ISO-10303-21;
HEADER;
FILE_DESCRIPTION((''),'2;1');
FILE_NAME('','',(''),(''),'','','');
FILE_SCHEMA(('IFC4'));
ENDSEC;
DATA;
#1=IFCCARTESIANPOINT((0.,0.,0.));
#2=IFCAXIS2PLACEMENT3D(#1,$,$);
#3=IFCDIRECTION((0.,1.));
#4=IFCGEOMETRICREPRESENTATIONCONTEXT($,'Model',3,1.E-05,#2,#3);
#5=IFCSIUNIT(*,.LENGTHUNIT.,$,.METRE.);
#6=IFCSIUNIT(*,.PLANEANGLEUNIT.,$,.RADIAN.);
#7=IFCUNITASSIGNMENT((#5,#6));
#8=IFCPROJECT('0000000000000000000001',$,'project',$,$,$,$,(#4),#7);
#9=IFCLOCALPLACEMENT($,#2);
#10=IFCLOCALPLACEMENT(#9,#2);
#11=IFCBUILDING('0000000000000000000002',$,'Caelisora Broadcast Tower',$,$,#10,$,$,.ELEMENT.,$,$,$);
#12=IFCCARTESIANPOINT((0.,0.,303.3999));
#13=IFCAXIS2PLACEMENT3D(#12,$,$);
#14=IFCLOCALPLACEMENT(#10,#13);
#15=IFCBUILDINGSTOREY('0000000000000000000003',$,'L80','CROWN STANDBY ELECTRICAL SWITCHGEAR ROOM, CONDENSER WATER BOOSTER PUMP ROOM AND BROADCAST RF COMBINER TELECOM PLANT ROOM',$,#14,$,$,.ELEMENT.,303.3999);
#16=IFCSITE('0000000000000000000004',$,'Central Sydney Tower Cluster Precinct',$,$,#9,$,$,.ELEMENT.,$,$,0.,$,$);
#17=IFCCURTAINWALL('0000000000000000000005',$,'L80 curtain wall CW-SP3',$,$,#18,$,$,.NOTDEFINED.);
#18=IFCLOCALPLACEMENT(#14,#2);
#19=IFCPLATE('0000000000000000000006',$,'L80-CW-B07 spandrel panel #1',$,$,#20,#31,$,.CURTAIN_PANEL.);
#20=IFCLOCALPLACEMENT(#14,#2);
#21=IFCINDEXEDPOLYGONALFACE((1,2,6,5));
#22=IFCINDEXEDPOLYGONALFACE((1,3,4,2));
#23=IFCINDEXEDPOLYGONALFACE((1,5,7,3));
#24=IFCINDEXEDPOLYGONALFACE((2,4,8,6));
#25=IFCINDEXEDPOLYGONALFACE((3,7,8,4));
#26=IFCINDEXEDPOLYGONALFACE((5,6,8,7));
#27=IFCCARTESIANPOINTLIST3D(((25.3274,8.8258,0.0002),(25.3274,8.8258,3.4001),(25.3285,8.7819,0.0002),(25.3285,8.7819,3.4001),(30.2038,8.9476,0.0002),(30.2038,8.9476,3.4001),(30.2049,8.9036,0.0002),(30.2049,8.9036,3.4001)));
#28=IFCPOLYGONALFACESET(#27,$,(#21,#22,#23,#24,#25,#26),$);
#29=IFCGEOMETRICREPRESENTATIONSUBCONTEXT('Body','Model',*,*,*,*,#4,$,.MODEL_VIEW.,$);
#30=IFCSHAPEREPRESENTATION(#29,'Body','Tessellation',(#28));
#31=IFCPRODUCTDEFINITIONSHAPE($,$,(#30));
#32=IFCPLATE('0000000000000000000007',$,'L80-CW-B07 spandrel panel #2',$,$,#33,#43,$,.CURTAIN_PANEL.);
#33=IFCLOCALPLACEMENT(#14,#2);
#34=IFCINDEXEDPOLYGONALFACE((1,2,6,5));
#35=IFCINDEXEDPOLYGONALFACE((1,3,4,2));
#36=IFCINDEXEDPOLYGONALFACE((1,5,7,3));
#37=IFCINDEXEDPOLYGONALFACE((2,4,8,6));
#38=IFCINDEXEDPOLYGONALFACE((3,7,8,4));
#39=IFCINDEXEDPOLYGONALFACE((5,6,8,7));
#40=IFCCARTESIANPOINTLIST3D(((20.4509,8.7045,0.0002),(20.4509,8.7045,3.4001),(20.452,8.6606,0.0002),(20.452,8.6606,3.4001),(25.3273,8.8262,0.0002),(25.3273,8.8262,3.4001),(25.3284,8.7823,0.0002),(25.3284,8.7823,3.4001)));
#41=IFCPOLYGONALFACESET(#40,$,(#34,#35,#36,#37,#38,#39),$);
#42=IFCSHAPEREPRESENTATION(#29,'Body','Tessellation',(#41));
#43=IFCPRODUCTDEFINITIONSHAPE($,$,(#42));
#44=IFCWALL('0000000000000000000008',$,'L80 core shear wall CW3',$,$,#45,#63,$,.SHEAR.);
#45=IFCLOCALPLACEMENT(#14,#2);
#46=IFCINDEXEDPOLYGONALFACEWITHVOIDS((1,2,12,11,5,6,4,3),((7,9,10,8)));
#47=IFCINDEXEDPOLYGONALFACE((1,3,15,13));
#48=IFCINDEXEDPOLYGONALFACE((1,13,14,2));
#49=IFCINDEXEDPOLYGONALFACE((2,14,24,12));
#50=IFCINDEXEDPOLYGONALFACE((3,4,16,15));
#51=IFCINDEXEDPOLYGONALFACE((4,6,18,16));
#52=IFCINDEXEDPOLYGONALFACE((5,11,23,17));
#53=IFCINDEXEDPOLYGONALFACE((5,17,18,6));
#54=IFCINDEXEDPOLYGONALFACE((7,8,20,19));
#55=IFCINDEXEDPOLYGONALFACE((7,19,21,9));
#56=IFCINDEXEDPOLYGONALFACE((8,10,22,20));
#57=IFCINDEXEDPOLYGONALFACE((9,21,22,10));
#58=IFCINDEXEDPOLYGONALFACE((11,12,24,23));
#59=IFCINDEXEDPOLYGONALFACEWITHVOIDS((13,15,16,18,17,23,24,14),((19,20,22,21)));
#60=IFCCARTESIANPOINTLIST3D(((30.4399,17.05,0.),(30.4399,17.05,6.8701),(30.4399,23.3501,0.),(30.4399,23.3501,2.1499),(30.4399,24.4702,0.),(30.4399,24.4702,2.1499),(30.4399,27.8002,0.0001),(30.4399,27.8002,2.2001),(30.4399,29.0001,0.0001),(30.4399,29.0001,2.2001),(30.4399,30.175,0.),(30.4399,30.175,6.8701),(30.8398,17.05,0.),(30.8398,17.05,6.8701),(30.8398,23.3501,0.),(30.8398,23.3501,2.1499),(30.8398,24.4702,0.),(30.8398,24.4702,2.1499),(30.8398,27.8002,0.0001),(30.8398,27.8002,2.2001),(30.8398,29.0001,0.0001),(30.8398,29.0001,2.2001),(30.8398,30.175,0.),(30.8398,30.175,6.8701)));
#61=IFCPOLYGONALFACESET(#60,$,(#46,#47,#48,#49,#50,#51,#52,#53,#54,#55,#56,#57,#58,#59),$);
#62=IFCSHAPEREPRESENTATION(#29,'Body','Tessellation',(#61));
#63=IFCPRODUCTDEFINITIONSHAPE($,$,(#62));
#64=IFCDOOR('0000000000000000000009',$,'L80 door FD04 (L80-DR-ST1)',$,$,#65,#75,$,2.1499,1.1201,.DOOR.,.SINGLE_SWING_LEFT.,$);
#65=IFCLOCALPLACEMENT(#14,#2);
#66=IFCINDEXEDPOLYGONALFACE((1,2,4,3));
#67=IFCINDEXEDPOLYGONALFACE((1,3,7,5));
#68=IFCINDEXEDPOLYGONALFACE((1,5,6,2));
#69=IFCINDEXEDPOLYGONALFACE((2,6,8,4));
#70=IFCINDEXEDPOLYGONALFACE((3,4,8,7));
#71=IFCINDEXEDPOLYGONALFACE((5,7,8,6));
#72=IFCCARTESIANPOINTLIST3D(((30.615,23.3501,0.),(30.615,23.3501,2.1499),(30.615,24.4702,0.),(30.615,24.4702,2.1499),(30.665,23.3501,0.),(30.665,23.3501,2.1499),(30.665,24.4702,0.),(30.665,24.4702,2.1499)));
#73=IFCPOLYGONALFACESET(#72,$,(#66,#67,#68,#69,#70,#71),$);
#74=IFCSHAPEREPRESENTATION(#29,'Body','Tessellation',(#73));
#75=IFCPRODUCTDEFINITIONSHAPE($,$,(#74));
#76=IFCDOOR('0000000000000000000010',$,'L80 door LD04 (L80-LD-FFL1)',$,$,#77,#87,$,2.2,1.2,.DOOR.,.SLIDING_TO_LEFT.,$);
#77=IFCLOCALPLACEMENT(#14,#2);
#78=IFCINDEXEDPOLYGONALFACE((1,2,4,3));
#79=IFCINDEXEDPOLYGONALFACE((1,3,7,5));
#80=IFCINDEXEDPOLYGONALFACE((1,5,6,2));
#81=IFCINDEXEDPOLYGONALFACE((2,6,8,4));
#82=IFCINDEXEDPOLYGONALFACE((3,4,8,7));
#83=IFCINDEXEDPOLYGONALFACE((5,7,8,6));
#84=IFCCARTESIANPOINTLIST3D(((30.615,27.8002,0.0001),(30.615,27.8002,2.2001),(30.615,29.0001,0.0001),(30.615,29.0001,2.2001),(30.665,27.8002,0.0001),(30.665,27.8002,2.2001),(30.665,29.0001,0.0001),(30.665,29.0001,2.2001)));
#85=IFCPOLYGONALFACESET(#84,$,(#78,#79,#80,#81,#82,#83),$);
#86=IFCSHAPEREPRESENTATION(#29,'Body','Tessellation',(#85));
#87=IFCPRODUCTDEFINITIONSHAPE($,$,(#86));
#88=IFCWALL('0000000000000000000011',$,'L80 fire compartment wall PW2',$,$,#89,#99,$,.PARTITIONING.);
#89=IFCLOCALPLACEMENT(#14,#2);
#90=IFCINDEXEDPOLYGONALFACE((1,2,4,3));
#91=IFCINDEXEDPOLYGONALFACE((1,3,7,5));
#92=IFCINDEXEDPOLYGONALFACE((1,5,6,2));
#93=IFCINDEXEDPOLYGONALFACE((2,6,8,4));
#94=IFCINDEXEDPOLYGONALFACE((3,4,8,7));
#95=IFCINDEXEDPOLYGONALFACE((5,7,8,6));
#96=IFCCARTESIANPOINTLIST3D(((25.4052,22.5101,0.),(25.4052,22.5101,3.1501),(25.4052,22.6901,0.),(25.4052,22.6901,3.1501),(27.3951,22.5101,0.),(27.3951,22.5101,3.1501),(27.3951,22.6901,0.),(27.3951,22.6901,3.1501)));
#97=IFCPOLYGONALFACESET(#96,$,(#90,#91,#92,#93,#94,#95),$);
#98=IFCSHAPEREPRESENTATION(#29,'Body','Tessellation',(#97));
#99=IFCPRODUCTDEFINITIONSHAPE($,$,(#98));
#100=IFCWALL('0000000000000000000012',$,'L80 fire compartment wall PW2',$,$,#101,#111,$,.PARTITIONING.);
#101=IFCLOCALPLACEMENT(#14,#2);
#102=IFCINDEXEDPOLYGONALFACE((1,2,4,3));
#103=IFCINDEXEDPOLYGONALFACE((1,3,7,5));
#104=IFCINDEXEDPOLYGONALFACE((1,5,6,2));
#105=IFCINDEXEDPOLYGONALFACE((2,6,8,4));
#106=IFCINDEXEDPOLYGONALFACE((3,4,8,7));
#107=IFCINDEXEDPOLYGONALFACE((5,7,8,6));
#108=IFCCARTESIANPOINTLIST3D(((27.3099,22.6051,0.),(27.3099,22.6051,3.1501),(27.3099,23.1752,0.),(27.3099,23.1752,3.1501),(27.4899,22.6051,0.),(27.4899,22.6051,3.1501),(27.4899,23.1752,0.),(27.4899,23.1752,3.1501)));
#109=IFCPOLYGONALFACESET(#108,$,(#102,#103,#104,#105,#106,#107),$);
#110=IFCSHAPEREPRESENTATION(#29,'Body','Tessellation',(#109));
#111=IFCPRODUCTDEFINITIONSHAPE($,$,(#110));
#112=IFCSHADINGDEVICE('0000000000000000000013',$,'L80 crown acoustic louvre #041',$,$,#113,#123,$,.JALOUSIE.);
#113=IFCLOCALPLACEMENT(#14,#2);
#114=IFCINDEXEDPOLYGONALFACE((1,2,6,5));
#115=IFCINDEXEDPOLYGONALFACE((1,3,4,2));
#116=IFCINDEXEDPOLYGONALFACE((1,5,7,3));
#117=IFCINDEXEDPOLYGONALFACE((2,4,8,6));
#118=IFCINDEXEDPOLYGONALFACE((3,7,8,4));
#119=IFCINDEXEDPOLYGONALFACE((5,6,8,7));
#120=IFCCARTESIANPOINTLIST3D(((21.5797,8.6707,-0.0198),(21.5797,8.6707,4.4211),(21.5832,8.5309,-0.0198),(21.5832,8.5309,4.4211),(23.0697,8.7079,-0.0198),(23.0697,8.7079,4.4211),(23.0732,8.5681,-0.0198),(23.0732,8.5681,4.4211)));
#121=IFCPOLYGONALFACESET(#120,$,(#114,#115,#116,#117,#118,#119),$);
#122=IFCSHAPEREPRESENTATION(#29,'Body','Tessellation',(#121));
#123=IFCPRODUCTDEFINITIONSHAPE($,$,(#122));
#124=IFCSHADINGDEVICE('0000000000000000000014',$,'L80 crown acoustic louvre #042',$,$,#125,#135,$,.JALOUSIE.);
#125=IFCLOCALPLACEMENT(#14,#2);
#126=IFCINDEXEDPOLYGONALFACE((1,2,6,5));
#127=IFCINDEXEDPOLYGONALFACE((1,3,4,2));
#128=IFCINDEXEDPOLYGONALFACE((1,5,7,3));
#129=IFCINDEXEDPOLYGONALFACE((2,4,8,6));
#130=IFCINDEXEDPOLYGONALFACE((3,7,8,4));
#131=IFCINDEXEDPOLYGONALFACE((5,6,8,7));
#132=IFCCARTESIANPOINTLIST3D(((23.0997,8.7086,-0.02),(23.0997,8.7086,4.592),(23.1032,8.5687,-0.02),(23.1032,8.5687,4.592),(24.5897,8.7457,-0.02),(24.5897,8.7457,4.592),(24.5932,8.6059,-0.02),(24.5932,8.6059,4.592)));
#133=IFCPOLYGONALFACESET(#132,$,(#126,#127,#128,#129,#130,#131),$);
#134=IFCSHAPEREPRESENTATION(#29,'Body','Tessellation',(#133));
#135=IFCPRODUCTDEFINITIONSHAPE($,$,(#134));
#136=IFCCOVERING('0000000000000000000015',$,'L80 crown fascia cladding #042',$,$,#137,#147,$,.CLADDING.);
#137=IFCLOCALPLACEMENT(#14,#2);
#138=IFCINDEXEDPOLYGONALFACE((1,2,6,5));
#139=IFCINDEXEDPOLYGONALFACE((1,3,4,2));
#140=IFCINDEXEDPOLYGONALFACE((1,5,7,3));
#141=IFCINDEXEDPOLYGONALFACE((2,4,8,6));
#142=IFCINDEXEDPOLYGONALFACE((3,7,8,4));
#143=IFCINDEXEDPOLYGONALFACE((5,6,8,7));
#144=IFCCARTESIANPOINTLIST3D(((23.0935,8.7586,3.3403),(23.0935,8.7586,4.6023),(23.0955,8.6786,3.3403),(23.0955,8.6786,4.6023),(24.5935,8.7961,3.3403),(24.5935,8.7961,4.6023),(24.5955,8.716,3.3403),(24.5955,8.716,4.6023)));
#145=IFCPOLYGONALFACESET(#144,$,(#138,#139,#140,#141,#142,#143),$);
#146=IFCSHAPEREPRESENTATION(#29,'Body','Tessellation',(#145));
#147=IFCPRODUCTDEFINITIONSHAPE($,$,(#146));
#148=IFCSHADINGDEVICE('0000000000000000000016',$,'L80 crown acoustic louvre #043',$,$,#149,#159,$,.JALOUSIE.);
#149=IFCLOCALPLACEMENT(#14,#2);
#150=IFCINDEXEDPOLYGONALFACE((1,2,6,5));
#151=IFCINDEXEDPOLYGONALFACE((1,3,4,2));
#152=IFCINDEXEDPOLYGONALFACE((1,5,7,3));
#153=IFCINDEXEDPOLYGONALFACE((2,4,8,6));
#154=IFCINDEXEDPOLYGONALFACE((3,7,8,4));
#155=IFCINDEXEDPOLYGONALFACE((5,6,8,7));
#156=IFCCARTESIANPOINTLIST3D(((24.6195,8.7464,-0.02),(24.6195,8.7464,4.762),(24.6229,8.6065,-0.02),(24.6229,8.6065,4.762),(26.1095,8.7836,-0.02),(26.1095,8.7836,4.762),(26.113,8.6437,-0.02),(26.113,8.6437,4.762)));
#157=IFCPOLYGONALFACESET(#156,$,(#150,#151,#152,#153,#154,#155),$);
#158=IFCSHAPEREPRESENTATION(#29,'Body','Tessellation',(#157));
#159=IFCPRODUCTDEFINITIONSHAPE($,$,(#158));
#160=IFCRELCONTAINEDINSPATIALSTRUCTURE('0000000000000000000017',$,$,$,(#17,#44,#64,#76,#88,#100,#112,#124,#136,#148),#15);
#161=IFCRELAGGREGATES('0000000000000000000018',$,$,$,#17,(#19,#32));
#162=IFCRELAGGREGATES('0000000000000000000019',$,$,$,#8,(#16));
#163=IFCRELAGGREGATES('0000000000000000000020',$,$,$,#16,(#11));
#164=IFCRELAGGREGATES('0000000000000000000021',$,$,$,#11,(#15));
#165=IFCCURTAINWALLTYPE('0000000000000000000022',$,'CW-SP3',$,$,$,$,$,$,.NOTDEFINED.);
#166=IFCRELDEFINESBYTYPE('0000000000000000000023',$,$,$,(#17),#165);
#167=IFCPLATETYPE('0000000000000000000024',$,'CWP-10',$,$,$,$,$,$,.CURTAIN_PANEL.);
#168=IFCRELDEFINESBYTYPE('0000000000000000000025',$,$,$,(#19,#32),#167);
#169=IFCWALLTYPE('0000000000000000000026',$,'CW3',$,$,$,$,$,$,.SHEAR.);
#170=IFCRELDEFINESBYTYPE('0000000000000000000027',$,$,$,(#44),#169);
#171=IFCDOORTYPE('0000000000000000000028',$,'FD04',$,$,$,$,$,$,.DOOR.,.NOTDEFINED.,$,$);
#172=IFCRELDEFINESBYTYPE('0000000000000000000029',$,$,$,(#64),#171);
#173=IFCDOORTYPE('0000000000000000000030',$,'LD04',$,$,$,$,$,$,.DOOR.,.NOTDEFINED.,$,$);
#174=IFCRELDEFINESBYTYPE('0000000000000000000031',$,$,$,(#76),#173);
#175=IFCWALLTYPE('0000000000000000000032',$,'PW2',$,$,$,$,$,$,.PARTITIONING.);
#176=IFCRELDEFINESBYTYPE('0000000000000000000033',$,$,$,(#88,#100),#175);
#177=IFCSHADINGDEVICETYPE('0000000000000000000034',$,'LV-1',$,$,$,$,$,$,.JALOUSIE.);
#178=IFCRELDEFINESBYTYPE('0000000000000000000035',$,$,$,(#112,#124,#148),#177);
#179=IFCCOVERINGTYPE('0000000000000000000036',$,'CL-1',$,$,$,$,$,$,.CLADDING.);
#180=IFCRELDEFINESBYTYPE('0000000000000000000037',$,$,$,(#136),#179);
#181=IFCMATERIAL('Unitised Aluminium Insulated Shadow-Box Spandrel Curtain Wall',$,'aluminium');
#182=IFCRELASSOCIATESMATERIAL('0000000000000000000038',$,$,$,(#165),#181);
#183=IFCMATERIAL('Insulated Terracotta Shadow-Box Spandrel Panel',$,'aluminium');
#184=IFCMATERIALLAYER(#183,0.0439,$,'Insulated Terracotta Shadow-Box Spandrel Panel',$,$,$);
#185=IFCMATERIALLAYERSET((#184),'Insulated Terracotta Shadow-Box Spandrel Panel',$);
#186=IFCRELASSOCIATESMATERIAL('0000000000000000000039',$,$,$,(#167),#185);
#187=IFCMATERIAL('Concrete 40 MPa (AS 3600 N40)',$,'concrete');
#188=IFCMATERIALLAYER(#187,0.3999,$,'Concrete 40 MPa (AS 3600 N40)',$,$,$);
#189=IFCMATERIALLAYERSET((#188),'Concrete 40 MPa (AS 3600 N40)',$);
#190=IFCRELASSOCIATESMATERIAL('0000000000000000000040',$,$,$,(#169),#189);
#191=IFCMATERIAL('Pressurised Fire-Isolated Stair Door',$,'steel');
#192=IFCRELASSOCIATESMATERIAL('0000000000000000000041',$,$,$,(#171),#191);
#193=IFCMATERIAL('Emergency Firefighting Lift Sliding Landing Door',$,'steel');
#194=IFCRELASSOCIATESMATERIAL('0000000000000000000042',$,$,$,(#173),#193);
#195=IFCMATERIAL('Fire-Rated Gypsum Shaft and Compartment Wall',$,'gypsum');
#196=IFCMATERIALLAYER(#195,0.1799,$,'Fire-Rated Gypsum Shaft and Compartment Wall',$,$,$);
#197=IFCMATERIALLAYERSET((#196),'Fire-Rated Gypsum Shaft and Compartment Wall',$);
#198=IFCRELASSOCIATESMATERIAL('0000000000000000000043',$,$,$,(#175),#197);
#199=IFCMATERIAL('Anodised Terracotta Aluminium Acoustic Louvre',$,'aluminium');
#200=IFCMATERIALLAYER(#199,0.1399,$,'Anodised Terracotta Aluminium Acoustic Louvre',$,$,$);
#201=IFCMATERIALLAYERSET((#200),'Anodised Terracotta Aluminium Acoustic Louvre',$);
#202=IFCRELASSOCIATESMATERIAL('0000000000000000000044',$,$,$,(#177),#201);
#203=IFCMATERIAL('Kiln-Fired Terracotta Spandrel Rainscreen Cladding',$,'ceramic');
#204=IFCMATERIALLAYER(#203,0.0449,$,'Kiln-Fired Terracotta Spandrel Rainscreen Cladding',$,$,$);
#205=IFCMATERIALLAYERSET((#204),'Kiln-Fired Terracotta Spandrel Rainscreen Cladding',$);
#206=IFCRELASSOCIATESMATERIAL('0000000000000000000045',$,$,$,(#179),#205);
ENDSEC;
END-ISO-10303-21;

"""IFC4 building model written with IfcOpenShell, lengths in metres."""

from ifc_helpers import new_model, si_unit, direction, frame, frame_2d, origin, origin_2d, place, context, subcontext, project, spatial, rectangle, extrude, source, transform, mapped, material, layer, layer_set, type_object, type_shapes, element, fill, aggregate, save


model = new_model("IFC4")

# Units and contexts
model_context = context("Model", 3, precision=1e-05, world=origin(), true_north=direction((0.0, 1.0)))
body_context = subcontext(model_context, "Body", "Model", "MODEL_VIEW")
ifc_project = project(units=[si_unit("LENGTHUNIT", "METRE"), si_unit("PLANEANGLEUNIT", "RADIAN")], contexts=[model_context])

# Site, building, storey
site_placement = place(None, origin())
site = spatial("IfcSite", under=ifc_project, at=site_placement, Name="Central Sydney Tower Cluster Precinct", CompositionType="ELEMENT", RefElevation=0.0)
building_placement = place(site_placement, origin())
building = spatial("IfcBuilding", under=site, at=building_placement, Name="Caelisora Broadcast Tower", CompositionType="ELEMENT")
storey_placement = place(building_placement, frame((0.0, 0.0, 303.3999)))
storey = spatial("IfcBuildingStorey", under=building, at=storey_placement, Name="L80", Description="CROWN STANDBY ELECTRICAL SWITCHGEAR ROOM, CONDENSER WATER BOOSTER PUMP ROOM AND BROADCAST RF COMBINER TELECOM PLANT ROOM", CompositionType="ELEMENT", Elevation=303.3999)

# Shared definitions
ifc_material_1 = material(Name="Unitised Aluminium Insulated Shadow-Box Spandrel Curtain Wall", Category="aluminium")
curtain_wall_type = type_object("IfcCurtainWallType", Name="CW-SP3", PredefinedType="NOTDEFINED", material=ifc_material_1)

# Curtain wall, plates
curtain_wall_1_placement = place(storey_placement, origin())
curtain_wall_1 = element("IfcCurtainWall", 1, at=curtain_wall_1_placement, inside=storey, type_object=curtain_wall_type, Name="L80 curtain wall CW-SP3", PredefinedType="NOTDEFINED")
ifc_material_2 = material(Name="Insulated Terracotta Shadow-Box Spandrel Panel", Category="aluminium")
ifc_layer_1 = layer(ifc_material_2, 0.0439, Name="Insulated Terracotta Shadow-Box Spandrel Panel")
ifc_layer_set_1 = layer_set([ifc_layer_1], Name="Insulated Terracotta Shadow-Box Spandrel Panel")
plate_type = type_object("IfcPlateType", Name="CWP-10", PredefinedType="CURTAIN_PANEL", material=ifc_layer_set_1)
shared_shape_1 = source(origin(), body_context, "Body", "SweptSolid", [
    extrude(rectangle(XDim=4.8779, YDim=0.0439, at=origin_2d()), origin(), (0.0, 0.0, 1.0), 3.3999),
])
type_shapes(plate_type, [shared_shape_1])
plate_1_placement = place(storey_placement, frame((27.7661, 8.8647, 0.0002), z_axis=(0.0, 0.0, 1.0), x_axis=(-0.999689, -0.024956, 0.0)))
plate_1 = element("IfcPlate", 2, at=plate_1_placement, type_object=plate_type, Name="L80-CW-B07 spandrel panel #1", PredefinedType="CURTAIN_PANEL", context=body_context, shape_type="MappedRepresentation", body=[
    mapped(shared_shape_1, transform((0.0, 0.0, 0.0), scale=1.0)),
])
plate_2_placement = place(storey_placement, frame((22.8896, 8.7434, 0.0002), z_axis=(0.0, 0.0, 1.0), x_axis=(-0.999689, -0.024956, 0.0)))
plate_2 = element("IfcPlate", 3, at=plate_2_placement, type_object=plate_type, Name="L80-CW-B07 spandrel panel #2", PredefinedType="CURTAIN_PANEL", context=body_context, shape_type="MappedRepresentation", body=[
    mapped(shared_shape_1, transform((0.0, 0.0, 0.0), scale=1.0)),
])
aggregate(curtain_wall_1, [plate_1, plate_2])

# Wall, openings, doors
ifc_material_3 = material(Name="Concrete 40 MPa (AS 3600 N40)", Category="concrete")
ifc_layer_2 = layer(ifc_material_3, 0.3999, Name="Concrete 40 MPa (AS 3600 N40)")
ifc_layer_set_2 = layer_set([ifc_layer_2], Name="Concrete 40 MPa (AS 3600 N40)")
wall_type_1 = type_object("IfcWallType", Name="CW3", PredefinedType="SHEAR", material=ifc_layer_set_2)
wall_1_placement = place(storey_placement, frame((30.6399, 17.05, 0.0), z_axis=(0.0, 0.0, 1.0), x_axis=(0.0, 1.0, 0.0)))
wall_1 = element("IfcWall", 4, at=wall_1_placement, inside=storey, type_object=wall_type_1, Name="L80 core shear wall CW3", PredefinedType="SHEAR", context=body_context, shape_type="SweptSolid", body=[
    extrude(rectangle(XDim=13.125, YDim=0.3999, at=frame_2d((6.5625, 0.0))), origin(), (0.0, 0.0, 1.0), 6.8701),
])
opening_1_placement = place(wall_1_placement, frame((6.3, 0.0, 0.0)))
opening_1 = element("IfcOpeningElement", 5, at=opening_1_placement, cuts=wall_1, PredefinedType="OPENING", context=body_context, shape_type="SweptSolid", body=[
    extrude(rectangle(XDim=1.1201, YDim=2.1499, at=frame_2d((0.5601, 1.075))), frame((0.0, 0.2119, 0.0), z_axis=(0.0, -1.0, 0.0), x_axis=(1.0, 0.0, 0.0)), (0.0, 0.0, 1.0), 0.4238),
])
opening_2_placement = place(wall_1_placement, frame((10.75, 0.0, 0.0)))
opening_2 = element("IfcOpeningElement", 6, at=opening_2_placement, cuts=wall_1, PredefinedType="OPENING", context=body_context, shape_type="SweptSolid", body=[
    extrude(rectangle(XDim=1.2, YDim=2.2, at=frame_2d((0.6001, 1.1001))), frame((0.0, 0.2119, 0.0), z_axis=(0.0, -1.0, 0.0), x_axis=(1.0, 0.0, 0.0)), (0.0, 0.0, 1.0), 0.4238),
])
ifc_material_4 = material(Name="Pressurised Fire-Isolated Stair Door", Category="steel")
door_type_1 = type_object("IfcDoorType", Name="FD04", OperationType="NOTDEFINED", PredefinedType="DOOR", material=ifc_material_4)
door_1_placement = place(opening_1_placement, origin())
door_1 = element("IfcDoor", 7, at=door_1_placement, inside=storey, type_object=door_type_1, Name="L80 door FD04 (L80-DR-ST1)", OperationType="SINGLE_SWING_LEFT", OverallHeight=2.1499, OverallWidth=1.1201, PredefinedType="DOOR", context=body_context, shape_type="SweptSolid", body=[
    extrude(rectangle(XDim=1.1201, YDim=2.1499, at=frame_2d((0.5601, 1.075))), frame((0.0, 0.0249, 0.0), z_axis=(0.0, -1.0, 0.0), x_axis=(1.0, 0.0, 0.0)), (0.0, 0.0, 1.0), 0.05),
])
fill(opening_1, door_1)
ifc_material_5 = material(Name="Emergency Firefighting Lift Sliding Landing Door", Category="steel")
door_type_2 = type_object("IfcDoorType", Name="LD04", OperationType="NOTDEFINED", PredefinedType="DOOR", material=ifc_material_5)
door_2_placement = place(opening_2_placement, origin())
door_2 = element("IfcDoor", 8, at=door_2_placement, inside=storey, type_object=door_type_2, Name="L80 door LD04 (L80-LD-FFL1)", OperationType="SLIDING_TO_LEFT", OverallHeight=2.2, OverallWidth=1.2, PredefinedType="DOOR", context=body_context, shape_type="SweptSolid", body=[
    extrude(rectangle(XDim=1.2, YDim=2.2, at=frame_2d((0.6001, 1.1001))), frame((0.0, 0.0249, 0.0), z_axis=(0.0, -1.0, 0.0), x_axis=(1.0, 0.0, 0.0)), (0.0, 0.0, 1.0), 0.05),
])
fill(opening_2, door_2)

# Walls
ifc_material_6 = material(Name="Fire-Rated Gypsum Shaft and Compartment Wall", Category="gypsum")
ifc_layer_3 = layer(ifc_material_6, 0.1799, Name="Fire-Rated Gypsum Shaft and Compartment Wall")
ifc_layer_set_3 = layer_set([ifc_layer_3], Name="Fire-Rated Gypsum Shaft and Compartment Wall")
wall_type_2 = type_object("IfcWallType", Name="PW2", PredefinedType="PARTITIONING", material=ifc_layer_set_3)
wall_2_placement = place(storey_placement, frame((25.405, 22.6001, 0.0), z_axis=(0.0, 0.0, 1.0), x_axis=(1.0, 0.0, 0.0)))
element("IfcWall", 9, at=wall_2_placement, inside=storey, type_object=wall_type_2, Name="L80 fire compartment wall PW2", PredefinedType="PARTITIONING", context=body_context, shape_type="SweptSolid", body=[
    extrude(rectangle(XDim=1.99, YDim=0.1799, at=frame_2d((0.9951, 0.0))), origin(), (0.0, 0.0, 1.0), 3.1501),
])
wall_3_placement = place(storey_placement, frame((27.3999, 22.605, 0.0), z_axis=(0.0, 0.0, 1.0), x_axis=(0.0, 1.0, 0.0)))
element("IfcWall", 10, at=wall_3_placement, inside=storey, type_object=wall_type_2, Name="L80 fire compartment wall PW2", PredefinedType="PARTITIONING", context=body_context, shape_type="SweptSolid", body=[
    extrude(rectangle(XDim=0.5701, YDim=0.1799, at=frame_2d((0.2852, 0.0))), origin(), (0.0, 0.0, 1.0), 3.1501),
])

# Shading devices
ifc_material_7 = material(Name="Anodised Terracotta Aluminium Acoustic Louvre", Category="aluminium")
ifc_layer_4 = layer(ifc_material_7, 0.1399, Name="Anodised Terracotta Aluminium Acoustic Louvre")
ifc_layer_set_4 = layer_set([ifc_layer_4], Name="Anodised Terracotta Aluminium Acoustic Louvre")
shading_device_type = type_object("IfcShadingDeviceType", Name="LV-1", PredefinedType="JALOUSIE", material=ifc_layer_set_4)
shared_shape_2 = source(origin(), body_context, "Body", "SweptSolid", [
    extrude(rectangle(XDim=1.4905, YDim=0.1399, at=origin_2d()), origin(), (0.0, 0.0, 1.0), 4.4409),
])
shading_device_1_placement = place(storey_placement, frame((22.3264, 8.6194, -0.0198), z_axis=(0.0, 0.0, 1.0), x_axis=(0.999689, 0.024956, 0.0)))
element("IfcShadingDevice", 11, at=shading_device_1_placement, inside=storey, type_object=shading_device_type, Name="L80 crown acoustic louvre #041", PredefinedType="JALOUSIE", context=body_context, shape_type="MappedRepresentation", body=[
    mapped(shared_shape_2, transform((0.0, 0.0, 0.0), scale=1.0)),
])
shared_shape_3 = source(origin(), body_context, "Body", "SweptSolid", [
    extrude(rectangle(XDim=1.4905, YDim=0.1399, at=origin_2d()), origin(), (0.0, 0.0, 1.0), 4.6121),
])
shading_device_2_placement = place(storey_placement, frame((23.8464, 8.6572, -0.02), z_axis=(0.0, 0.0, 1.0), x_axis=(0.999689, 0.024956, 0.0)))
element("IfcShadingDevice", 12, at=shading_device_2_placement, inside=storey, type_object=shading_device_type, Name="L80 crown acoustic louvre #042", PredefinedType="JALOUSIE", context=body_context, shape_type="MappedRepresentation", body=[
    mapped(shared_shape_3, transform((0.0, 0.0, 0.0), scale=1.0)),
])

# Covering
ifc_material_8 = material(Name="Kiln-Fired Terracotta Spandrel Rainscreen Cladding", Category="ceramic")
ifc_layer_5 = layer(ifc_material_8, 0.0449, Name="Kiln-Fired Terracotta Spandrel Rainscreen Cladding")
ifc_layer_set_5 = layer_set([ifc_layer_5], Name="Kiln-Fired Terracotta Spandrel Rainscreen Cladding")
covering_type = type_object("IfcCoveringType", Name="CL-1", PredefinedType="CLADDING", material=ifc_layer_set_5)
shared_shape_4 = source(origin(), body_context, "Body", "SweptSolid", [
    extrude(rectangle(XDim=1.5005, YDim=0.0801, at=origin_2d()), origin(), (0.0, 0.0, 1.0), 1.262),
])
covering_1_placement = place(storey_placement, frame((23.8445, 8.7373, 3.3403), z_axis=(0.0, 0.0, 1.0), x_axis=(0.999689, 0.024956, 0.0)))
element("IfcCovering", 13, at=covering_1_placement, inside=storey, type_object=covering_type, Name="L80 crown fascia cladding #042", PredefinedType="CLADDING", context=body_context, shape_type="MappedRepresentation", body=[
    mapped(shared_shape_4, transform((0.0, 0.0, 0.0), scale=1.0)),
])

# Shading device
shared_shape_5 = source(origin(), body_context, "Body", "SweptSolid", [
    extrude(rectangle(XDim=1.4905, YDim=0.1399, at=origin_2d()), origin(), (0.0, 0.0, 1.0), 4.782),
])
shading_device_3_placement = place(storey_placement, frame((25.3662, 8.6951, -0.02), z_axis=(0.0, 0.0, 1.0), x_axis=(0.999689, 0.024956, 0.0)))
element("IfcShadingDevice", 14, at=shading_device_3_placement, inside=storey, type_object=shading_device_type, Name="L80 crown acoustic louvre #043", PredefinedType="JALOUSIE", context=body_context, shape_type="MappedRepresentation", body=[
    mapped(shared_shape_5, transform((0.0, 0.0, 0.0), scale=1.0)),
])

save(model, "model.ifc")
